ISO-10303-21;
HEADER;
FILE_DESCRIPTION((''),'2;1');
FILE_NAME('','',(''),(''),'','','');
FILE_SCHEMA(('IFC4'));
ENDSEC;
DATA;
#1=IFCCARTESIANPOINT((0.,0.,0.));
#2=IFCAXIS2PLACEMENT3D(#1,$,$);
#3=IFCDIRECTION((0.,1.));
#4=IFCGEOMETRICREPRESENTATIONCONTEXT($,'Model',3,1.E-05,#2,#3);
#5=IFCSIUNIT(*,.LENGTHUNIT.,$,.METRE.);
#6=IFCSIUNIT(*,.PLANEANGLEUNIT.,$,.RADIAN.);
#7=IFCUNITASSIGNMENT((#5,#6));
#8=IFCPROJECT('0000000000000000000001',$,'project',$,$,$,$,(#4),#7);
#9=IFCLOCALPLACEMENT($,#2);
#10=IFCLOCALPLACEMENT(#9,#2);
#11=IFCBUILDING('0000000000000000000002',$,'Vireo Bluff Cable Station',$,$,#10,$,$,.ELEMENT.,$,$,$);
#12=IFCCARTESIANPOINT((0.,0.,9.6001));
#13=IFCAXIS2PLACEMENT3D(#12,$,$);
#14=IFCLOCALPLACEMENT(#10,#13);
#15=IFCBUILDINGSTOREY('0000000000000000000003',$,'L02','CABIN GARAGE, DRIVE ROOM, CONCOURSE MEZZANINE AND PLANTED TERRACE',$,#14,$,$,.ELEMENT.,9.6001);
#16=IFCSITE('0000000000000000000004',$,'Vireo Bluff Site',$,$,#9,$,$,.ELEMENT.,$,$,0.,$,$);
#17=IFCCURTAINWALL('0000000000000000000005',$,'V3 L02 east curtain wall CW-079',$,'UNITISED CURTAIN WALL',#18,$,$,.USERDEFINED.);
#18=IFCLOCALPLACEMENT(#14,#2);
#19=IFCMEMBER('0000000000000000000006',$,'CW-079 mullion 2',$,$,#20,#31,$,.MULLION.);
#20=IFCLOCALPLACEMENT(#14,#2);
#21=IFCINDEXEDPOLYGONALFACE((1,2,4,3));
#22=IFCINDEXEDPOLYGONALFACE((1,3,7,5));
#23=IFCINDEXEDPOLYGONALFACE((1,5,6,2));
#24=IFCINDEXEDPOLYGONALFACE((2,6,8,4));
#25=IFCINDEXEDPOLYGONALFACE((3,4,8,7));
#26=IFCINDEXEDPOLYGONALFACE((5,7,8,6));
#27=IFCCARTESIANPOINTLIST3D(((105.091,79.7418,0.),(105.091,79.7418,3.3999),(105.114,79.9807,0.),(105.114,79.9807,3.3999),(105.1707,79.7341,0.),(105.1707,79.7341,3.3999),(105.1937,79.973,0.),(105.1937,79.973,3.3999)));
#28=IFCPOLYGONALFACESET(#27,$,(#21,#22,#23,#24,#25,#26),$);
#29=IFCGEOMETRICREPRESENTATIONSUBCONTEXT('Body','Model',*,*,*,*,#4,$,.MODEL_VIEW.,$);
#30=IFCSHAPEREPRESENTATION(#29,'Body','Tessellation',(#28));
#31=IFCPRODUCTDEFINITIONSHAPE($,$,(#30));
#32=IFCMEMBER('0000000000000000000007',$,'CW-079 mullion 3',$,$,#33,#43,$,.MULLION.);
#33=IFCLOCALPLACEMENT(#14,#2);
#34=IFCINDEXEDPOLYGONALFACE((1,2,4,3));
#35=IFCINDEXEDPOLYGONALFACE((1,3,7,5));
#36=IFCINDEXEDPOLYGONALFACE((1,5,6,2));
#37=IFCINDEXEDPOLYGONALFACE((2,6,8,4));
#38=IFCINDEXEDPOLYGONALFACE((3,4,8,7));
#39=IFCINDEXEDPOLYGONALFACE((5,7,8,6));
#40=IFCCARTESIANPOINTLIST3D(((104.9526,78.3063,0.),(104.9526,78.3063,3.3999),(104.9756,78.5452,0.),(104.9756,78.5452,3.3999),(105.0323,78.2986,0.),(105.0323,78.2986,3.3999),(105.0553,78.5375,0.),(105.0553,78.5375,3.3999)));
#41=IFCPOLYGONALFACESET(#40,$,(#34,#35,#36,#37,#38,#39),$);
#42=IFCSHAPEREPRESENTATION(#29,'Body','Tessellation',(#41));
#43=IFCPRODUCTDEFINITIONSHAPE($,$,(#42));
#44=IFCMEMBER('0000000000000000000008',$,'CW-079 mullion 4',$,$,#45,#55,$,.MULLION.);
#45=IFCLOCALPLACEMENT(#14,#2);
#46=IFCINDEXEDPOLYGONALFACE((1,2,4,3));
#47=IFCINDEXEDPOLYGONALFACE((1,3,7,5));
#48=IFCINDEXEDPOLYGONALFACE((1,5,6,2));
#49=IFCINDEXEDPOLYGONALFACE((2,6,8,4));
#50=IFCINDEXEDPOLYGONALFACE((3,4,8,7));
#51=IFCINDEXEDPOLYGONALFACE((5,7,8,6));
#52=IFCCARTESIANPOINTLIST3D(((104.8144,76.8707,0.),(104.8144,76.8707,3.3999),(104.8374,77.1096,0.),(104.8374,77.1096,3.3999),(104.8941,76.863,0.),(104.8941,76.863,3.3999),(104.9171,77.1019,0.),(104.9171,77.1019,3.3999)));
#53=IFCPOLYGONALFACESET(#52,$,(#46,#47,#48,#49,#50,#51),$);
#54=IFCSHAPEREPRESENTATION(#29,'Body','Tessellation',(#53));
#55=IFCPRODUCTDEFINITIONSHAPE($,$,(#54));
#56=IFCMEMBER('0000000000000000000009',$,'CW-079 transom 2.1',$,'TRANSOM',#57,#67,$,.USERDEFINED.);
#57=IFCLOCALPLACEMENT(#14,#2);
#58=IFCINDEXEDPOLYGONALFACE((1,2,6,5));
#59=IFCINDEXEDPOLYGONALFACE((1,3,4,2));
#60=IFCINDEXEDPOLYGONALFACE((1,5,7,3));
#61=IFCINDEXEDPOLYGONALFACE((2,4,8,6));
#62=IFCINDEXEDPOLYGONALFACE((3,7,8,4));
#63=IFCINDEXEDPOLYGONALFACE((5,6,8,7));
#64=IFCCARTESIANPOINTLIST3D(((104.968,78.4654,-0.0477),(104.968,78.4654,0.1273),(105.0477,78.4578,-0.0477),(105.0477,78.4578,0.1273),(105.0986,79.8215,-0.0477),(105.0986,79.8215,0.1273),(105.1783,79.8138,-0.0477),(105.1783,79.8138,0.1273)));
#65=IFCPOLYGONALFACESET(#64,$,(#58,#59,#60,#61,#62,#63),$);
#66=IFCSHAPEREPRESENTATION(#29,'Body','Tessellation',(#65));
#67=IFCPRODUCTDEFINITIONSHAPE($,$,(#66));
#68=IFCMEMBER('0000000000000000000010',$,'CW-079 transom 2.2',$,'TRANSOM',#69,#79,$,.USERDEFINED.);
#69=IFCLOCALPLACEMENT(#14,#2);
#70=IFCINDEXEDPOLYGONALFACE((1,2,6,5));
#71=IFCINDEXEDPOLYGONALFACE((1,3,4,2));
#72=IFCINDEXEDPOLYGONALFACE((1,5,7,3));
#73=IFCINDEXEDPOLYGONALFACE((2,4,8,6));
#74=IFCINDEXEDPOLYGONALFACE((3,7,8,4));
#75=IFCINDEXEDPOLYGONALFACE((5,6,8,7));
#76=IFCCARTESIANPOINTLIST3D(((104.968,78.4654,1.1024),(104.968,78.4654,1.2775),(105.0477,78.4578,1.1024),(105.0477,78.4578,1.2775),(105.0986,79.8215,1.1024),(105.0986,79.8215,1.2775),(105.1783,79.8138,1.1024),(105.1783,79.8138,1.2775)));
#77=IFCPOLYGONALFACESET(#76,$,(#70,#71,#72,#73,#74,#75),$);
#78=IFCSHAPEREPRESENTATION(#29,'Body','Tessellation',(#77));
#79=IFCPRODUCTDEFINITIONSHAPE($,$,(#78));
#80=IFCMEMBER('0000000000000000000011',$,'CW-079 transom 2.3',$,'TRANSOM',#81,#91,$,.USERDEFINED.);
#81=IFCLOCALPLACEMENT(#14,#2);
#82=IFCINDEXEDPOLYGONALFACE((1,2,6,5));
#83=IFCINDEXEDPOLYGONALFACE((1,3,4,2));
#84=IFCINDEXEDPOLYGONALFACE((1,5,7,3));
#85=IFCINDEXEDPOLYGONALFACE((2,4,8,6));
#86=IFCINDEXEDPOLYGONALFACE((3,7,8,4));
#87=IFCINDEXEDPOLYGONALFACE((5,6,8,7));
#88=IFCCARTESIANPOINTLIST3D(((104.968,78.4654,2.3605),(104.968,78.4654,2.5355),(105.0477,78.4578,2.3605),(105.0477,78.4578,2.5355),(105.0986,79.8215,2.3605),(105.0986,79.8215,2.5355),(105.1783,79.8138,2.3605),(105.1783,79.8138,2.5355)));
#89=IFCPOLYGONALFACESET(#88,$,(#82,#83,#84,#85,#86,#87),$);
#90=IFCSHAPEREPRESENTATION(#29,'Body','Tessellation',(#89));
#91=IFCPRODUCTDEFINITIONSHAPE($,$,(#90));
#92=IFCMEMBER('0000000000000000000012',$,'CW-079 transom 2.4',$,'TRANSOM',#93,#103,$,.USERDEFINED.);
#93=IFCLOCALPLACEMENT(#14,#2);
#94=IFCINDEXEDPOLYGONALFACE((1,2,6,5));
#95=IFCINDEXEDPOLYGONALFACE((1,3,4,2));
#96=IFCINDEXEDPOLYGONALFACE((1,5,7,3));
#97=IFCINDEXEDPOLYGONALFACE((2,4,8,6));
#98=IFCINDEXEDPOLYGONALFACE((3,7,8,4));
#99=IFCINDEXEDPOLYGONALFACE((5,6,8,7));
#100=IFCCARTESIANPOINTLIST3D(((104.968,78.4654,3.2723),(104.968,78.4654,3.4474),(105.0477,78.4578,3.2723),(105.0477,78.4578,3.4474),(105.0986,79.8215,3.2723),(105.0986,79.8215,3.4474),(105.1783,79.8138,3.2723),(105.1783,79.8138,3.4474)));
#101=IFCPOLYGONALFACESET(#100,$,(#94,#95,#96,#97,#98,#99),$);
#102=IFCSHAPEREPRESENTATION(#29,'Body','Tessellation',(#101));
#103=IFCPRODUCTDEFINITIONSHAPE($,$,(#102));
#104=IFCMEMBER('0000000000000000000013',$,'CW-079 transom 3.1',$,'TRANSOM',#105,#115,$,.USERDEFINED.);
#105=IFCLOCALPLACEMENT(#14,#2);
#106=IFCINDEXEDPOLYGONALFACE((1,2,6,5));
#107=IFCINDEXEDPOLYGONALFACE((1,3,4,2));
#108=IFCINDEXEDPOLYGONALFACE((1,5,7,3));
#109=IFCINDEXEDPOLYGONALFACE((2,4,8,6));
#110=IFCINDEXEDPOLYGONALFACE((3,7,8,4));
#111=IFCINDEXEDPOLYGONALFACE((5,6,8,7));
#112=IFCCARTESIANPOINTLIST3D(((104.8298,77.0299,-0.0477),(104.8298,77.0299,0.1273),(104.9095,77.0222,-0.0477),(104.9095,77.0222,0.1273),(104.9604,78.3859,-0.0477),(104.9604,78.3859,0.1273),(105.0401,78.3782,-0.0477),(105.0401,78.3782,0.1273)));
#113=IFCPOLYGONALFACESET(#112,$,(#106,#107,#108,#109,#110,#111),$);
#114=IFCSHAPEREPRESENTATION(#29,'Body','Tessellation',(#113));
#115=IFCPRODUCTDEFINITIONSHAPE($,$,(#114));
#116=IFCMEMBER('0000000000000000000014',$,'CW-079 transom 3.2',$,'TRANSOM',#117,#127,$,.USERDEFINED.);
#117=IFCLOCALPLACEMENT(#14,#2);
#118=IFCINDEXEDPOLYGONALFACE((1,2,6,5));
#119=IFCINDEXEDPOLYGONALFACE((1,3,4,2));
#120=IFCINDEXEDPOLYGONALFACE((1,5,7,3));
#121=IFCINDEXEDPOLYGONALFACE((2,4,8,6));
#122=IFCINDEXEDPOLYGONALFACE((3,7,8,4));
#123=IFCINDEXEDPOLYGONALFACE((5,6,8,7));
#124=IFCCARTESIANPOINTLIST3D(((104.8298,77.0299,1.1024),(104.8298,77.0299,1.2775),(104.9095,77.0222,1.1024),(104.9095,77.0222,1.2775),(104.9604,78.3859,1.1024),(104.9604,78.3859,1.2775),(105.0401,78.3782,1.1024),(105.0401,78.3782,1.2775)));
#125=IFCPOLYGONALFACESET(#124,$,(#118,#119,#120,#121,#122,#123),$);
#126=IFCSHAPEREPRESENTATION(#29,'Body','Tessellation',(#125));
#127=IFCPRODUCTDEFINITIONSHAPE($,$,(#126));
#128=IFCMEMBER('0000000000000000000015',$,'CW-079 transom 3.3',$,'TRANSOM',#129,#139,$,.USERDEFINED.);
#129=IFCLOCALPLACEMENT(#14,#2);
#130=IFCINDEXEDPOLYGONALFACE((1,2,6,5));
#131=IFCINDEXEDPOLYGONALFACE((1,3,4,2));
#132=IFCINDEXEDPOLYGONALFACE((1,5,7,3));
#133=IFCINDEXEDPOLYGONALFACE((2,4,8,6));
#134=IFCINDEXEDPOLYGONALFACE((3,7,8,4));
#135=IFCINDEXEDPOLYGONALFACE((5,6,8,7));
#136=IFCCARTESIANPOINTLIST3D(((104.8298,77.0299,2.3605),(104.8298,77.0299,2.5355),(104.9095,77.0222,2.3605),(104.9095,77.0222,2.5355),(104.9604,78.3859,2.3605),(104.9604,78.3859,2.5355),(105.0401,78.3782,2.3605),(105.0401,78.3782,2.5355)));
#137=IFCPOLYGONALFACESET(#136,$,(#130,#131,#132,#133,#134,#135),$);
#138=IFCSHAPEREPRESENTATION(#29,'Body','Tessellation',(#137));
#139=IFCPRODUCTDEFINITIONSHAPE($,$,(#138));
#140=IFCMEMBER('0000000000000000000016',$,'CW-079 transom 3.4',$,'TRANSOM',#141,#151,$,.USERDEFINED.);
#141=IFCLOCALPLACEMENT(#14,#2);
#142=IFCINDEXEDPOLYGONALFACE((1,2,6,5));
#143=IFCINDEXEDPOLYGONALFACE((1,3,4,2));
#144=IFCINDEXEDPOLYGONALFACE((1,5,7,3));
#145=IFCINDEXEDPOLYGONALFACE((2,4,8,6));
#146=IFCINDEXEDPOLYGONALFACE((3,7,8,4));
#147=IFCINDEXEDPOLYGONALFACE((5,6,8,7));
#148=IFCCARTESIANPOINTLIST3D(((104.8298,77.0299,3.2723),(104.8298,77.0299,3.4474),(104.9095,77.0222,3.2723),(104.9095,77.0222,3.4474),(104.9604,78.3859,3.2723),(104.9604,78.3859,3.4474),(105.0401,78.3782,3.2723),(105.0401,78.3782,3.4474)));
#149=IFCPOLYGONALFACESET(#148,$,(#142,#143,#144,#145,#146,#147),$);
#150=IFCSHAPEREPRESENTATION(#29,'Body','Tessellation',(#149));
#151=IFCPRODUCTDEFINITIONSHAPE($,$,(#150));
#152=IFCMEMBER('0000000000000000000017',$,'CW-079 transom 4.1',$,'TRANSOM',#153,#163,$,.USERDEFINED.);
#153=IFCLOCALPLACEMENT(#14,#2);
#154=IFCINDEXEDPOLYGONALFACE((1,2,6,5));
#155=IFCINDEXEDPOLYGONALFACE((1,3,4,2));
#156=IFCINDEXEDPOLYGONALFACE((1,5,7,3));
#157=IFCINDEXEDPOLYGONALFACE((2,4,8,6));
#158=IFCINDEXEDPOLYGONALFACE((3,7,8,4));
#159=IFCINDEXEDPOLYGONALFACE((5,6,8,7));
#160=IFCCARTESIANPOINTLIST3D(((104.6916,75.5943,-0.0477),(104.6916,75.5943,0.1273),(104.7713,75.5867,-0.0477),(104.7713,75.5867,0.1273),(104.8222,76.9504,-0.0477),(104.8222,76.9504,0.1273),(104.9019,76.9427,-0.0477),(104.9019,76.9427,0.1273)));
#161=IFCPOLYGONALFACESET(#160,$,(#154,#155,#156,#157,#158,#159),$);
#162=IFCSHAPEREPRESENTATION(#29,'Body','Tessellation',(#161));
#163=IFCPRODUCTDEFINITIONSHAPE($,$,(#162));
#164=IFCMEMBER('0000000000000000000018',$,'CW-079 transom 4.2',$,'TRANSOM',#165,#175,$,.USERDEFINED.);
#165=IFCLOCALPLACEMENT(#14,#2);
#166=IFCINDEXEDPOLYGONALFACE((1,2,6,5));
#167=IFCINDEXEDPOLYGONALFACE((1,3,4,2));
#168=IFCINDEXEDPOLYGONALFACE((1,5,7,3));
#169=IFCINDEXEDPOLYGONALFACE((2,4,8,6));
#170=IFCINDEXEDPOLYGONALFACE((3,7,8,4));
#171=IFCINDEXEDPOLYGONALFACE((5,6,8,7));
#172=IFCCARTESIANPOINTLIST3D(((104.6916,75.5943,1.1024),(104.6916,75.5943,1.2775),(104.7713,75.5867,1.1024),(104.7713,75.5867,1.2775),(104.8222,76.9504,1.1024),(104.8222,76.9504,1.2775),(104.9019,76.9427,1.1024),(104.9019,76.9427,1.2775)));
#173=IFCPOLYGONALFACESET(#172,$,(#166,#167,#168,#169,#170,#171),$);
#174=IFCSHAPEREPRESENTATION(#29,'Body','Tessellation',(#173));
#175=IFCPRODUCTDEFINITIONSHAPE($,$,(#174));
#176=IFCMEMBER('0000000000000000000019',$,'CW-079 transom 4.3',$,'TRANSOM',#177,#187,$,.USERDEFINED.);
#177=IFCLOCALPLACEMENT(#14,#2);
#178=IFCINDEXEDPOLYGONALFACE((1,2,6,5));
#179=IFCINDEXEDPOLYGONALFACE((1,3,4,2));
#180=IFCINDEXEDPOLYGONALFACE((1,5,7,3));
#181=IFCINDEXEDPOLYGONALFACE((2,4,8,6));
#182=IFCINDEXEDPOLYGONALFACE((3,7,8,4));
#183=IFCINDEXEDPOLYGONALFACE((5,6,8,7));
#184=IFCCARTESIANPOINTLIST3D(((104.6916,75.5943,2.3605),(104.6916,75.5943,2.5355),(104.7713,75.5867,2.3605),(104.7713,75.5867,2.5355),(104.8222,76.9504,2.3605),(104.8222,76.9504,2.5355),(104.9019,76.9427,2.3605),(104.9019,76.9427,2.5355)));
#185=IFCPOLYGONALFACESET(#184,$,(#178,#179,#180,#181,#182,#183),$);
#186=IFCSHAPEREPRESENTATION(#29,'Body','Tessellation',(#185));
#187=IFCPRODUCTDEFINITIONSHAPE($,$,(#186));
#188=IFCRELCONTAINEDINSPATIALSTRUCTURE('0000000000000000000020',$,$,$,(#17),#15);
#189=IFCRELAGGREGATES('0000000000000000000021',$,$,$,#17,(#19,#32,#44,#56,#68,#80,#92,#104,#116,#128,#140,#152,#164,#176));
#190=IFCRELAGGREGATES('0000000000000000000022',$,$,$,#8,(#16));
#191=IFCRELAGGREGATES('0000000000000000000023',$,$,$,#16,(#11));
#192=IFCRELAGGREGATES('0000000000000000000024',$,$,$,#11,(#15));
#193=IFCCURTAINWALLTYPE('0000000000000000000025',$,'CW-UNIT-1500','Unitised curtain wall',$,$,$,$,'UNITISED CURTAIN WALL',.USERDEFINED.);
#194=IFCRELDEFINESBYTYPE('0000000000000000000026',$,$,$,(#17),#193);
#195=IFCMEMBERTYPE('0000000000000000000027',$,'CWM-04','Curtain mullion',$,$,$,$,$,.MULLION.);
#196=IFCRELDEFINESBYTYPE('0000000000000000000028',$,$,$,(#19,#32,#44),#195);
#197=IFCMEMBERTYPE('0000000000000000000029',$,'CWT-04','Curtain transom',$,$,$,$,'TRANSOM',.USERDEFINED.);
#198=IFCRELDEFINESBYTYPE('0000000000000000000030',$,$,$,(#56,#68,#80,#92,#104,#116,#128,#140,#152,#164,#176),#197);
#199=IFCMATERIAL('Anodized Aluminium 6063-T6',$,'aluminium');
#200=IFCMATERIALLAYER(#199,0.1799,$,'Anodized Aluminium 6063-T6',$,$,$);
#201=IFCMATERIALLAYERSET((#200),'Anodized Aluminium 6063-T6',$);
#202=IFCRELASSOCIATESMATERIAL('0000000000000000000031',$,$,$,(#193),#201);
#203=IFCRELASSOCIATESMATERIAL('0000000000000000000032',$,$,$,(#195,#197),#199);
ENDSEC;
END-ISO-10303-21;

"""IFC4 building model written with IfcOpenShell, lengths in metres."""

from ifc_helpers import new_model, si_unit, direction, frame, origin, origin_2d, place, context, subcontext, project, spatial, rectangle, extrude, material, layer, layer_set, material_profile, profile_set, type_object, element, aggregate, save


model = new_model("IFC4")

# Units and contexts
model_context = context("Model", 3, precision=1e-05, world=origin(), true_north=direction((0.0, 1.0)))
body_context = subcontext(model_context, "Body", "Model", "MODEL_VIEW")
ifc_project = project(units=[si_unit("LENGTHUNIT", "METRE"), si_unit("PLANEANGLEUNIT", "RADIAN")], contexts=[model_context])

# Site, building, storey
site_placement = place(None, origin())
site = spatial("IfcSite", under=ifc_project, at=site_placement, Name="Vireo Bluff Site", CompositionType="ELEMENT", RefElevation=0.0)
building_placement = place(site_placement, origin())
building = spatial("IfcBuilding", under=site, at=building_placement, Name="Vireo Bluff Cable Station", CompositionType="ELEMENT")
storey_placement = place(building_placement, frame((0.0, 0.0, 9.6001)))
storey = spatial("IfcBuildingStorey", under=building, at=storey_placement, Name="L02", Description="CABIN GARAGE, DRIVE ROOM, CONCOURSE MEZZANINE AND PLANTED TERRACE", CompositionType="ELEMENT", Elevation=9.6001)

# Curtain wall, members
ifc_material_1 = material(Name="Anodized Aluminium 6063-T6", Category="aluminium")
ifc_layer_1 = layer(ifc_material_1, 0.1799, Name="Anodized Aluminium 6063-T6")
ifc_layer_set_1 = layer_set([ifc_layer_1], Name="Anodized Aluminium 6063-T6")
curtain_wall_type = type_object("IfcCurtainWallType", Name="CW-UNIT-1500", Description="Unitised curtain wall", ElementType="UNITISED CURTAIN WALL", PredefinedType="USERDEFINED", material=ifc_layer_set_1)
curtain_wall_placement = place(storey_placement, origin())
curtain_wall = element("IfcCurtainWall", 1, at=curtain_wall_placement, inside=storey, type_object=curtain_wall_type, Name="V3 L02 east curtain wall CW-079", ObjectType="UNITISED CURTAIN WALL", PredefinedType="USERDEFINED")
ifc_material_profile_1 = material_profile(ifc_material_1, rectangle(XDim=0.0801, YDim=0.24, at=origin_2d()), Name="ALU-M-80X240")
ifc_profile_set_1 = profile_set([ifc_material_profile_1], Name="Anodized Aluminium 6063-T6")
member_type_1 = type_object("IfcMemberType", Name="CWM-04", Description="Curtain mullion", PredefinedType="MULLION", material=ifc_profile_set_1)
member_1_placement = place(storey_placement, frame((105.1423, 79.8574, 0.0), z_axis=(0.0, 0.0, 1.0), x_axis=(0.995396, -0.095846, 0.0)))
member_1 = element("IfcMember", 2, at=member_1_placement, type_object=member_type_1, Name="CW-079 mullion 2", PredefinedType="MULLION", context=body_context, shape_type="SweptSolid", body=[
    extrude(rectangle(XDim=0.0801, YDim=0.24, at=origin_2d()), origin(), (0.0, 0.0, 1.0), 3.3999),
])
member_2_placement = place(storey_placement, frame((105.0039, 78.4219, 0.0), z_axis=(0.0, 0.0, 1.0), x_axis=(0.995396, -0.095846, 0.0)))
member_2 = element("IfcMember", 3, at=member_2_placement, type_object=member_type_1, Name="CW-079 mullion 3", PredefinedType="MULLION", context=body_context, shape_type="SweptSolid", body=[
    extrude(rectangle(XDim=0.0801, YDim=0.24, at=origin_2d()), origin(), (0.0, 0.0, 1.0), 3.3999),
])
member_3_placement = place(storey_placement, frame((104.8657, 76.9863, 0.0), z_axis=(0.0, 0.0, 1.0), x_axis=(0.995396, -0.095846, 0.0)))
member_3 = element("IfcMember", 4, at=member_3_placement, type_object=member_type_1, Name="CW-079 mullion 4", PredefinedType="MULLION", context=body_context, shape_type="SweptSolid", body=[
    extrude(rectangle(XDim=0.0801, YDim=0.24, at=origin_2d()), origin(), (0.0, 0.0, 1.0), 3.3999),
])
ifc_material_profile_2 = material_profile(ifc_material_1, rectangle(XDim=0.0801, YDim=0.175, at=origin_2d()), Name="ALU-T-80X175")
ifc_profile_set_2 = profile_set([ifc_material_profile_2], Name="Anodized Aluminium 6063-T6")
member_type_2 = type_object("IfcMemberType", Name="CWT-04", Description="Curtain transom", ElementType="TRANSOM", PredefinedType="USERDEFINED", material=ifc_profile_set_2)
member_4_placement = place(storey_placement, frame((105.1384, 79.8176, 0.0398), z_axis=(-0.095883, -0.995393, 0.0), x_axis=(0.995393, -0.095883, 0.0)))
member_4 = element("IfcMember", 5, at=member_4_placement, type_object=member_type_2, Name="CW-079 transom 2.1", ObjectType="TRANSOM", PredefinedType="USERDEFINED", context=body_context, shape_type="SweptSolid", body=[
    extrude(rectangle(XDim=0.0801, YDim=0.175, at=origin_2d()), origin(), (0.0, 0.0, 1.0), 1.3623),
])
member_5_placement = place(storey_placement, frame((105.1384, 79.8176, 1.1899), z_axis=(-0.095883, -0.995393, 0.0), x_axis=(0.995393, -0.095883, 0.0)))
member_5 = element("IfcMember", 6, at=member_5_placement, type_object=member_type_2, Name="CW-079 transom 2.2", ObjectType="TRANSOM", PredefinedType="USERDEFINED", context=body_context, shape_type="SweptSolid", body=[
    extrude(rectangle(XDim=0.0801, YDim=0.175, at=origin_2d()), origin(), (0.0, 0.0, 1.0), 1.3623),
])
member_6_placement = place(storey_placement, frame((105.1384, 79.8176, 2.448), z_axis=(-0.095883, -0.995393, 0.0), x_axis=(0.995393, -0.095883, 0.0)))
member_6 = element("IfcMember", 7, at=member_6_placement, type_object=member_type_2, Name="CW-079 transom 2.3", ObjectType="TRANSOM", PredefinedType="USERDEFINED", context=body_context, shape_type="SweptSolid", body=[
    extrude(rectangle(XDim=0.0801, YDim=0.175, at=origin_2d()), origin(), (0.0, 0.0, 1.0), 1.3623),
])
member_7_placement = place(storey_placement, frame((105.1384, 79.8176, 3.3599), z_axis=(-0.095883, -0.995393, 0.0), x_axis=(0.995393, -0.095883, 0.0)))
member_7 = element("IfcMember", 8, at=member_7_placement, type_object=member_type_2, Name="CW-079 transom 2.4", ObjectType="TRANSOM", PredefinedType="USERDEFINED", context=body_context, shape_type="SweptSolid", body=[
    extrude(rectangle(XDim=0.0801, YDim=0.175, at=origin_2d()), origin(), (0.0, 0.0, 1.0), 1.3623),
])
member_8_placement = place(storey_placement, frame((105.0002, 78.3821, 0.0398), z_axis=(-0.095883, -0.995393, 0.0), x_axis=(0.995393, -0.095883, 0.0)))
member_8 = element("IfcMember", 9, at=member_8_placement, type_object=member_type_2, Name="CW-079 transom 3.1", ObjectType="TRANSOM", PredefinedType="USERDEFINED", context=body_context, shape_type="SweptSolid", body=[
    extrude(rectangle(XDim=0.0801, YDim=0.175, at=origin_2d()), origin(), (0.0, 0.0, 1.0), 1.3623),
])
member_9_placement = place(storey_placement, frame((105.0002, 78.3821, 1.1899), z_axis=(-0.095883, -0.995393, 0.0), x_axis=(0.995393, -0.095883, 0.0)))
member_9 = element("IfcMember", 10, at=member_9_placement, type_object=member_type_2, Name="CW-079 transom 3.2", ObjectType="TRANSOM", PredefinedType="USERDEFINED", context=body_context, shape_type="SweptSolid", body=[
    extrude(rectangle(XDim=0.0801, YDim=0.175, at=origin_2d()), origin(), (0.0, 0.0, 1.0), 1.3623),
])
member_10_placement = place(storey_placement, frame((105.0002, 78.3821, 2.448), z_axis=(-0.095883, -0.995393, 0.0), x_axis=(0.995393, -0.095883, 0.0)))
member_10 = element("IfcMember", 11, at=member_10_placement, type_object=member_type_2, Name="CW-079 transom 3.3", ObjectType="TRANSOM", PredefinedType="USERDEFINED", context=body_context, shape_type="SweptSolid", body=[
    extrude(rectangle(XDim=0.0801, YDim=0.175, at=origin_2d()), origin(), (0.0, 0.0, 1.0), 1.3623),
])
member_11_placement = place(storey_placement, frame((105.0002, 78.3821, 3.3599), z_axis=(-0.095883, -0.995393, 0.0), x_axis=(0.995393, -0.095883, 0.0)))
member_11 = element("IfcMember", 12, at=member_11_placement, type_object=member_type_2, Name="CW-079 transom 3.4", ObjectType="TRANSOM", PredefinedType="USERDEFINED", context=body_context, shape_type="SweptSolid", body=[
    extrude(rectangle(XDim=0.0801, YDim=0.175, at=origin_2d()), origin(), (0.0, 0.0, 1.0), 1.3623),
])
member_12_placement = place(storey_placement, frame((104.8621, 76.9465, 0.0398), z_axis=(-0.095883, -0.995393, 0.0), x_axis=(0.995393, -0.095883, 0.0)))
member_12 = element("IfcMember", 13, at=member_12_placement, type_object=member_type_2, Name="CW-079 transom 4.1", ObjectType="TRANSOM", PredefinedType="USERDEFINED", context=body_context, shape_type="SweptSolid", body=[
    extrude(rectangle(XDim=0.0801, YDim=0.175, at=origin_2d()), origin(), (0.0, 0.0, 1.0), 1.3623),
])
member_13_placement = place(storey_placement, frame((104.8621, 76.9465, 1.1899), z_axis=(-0.095883, -0.995393, 0.0), x_axis=(0.995393, -0.095883, 0.0)))
member_13 = element("IfcMember", 14, at=member_13_placement, type_object=member_type_2, Name="CW-079 transom 4.2", ObjectType="TRANSOM", PredefinedType="USERDEFINED", context=body_context, shape_type="SweptSolid", body=[
    extrude(rectangle(XDim=0.0801, YDim=0.175, at=origin_2d()), origin(), (0.0, 0.0, 1.0), 1.3623),
])
member_14_placement = place(storey_placement, frame((104.8621, 76.9465, 2.448), z_axis=(-0.095883, -0.995393, 0.0), x_axis=(0.995393, -0.095883, 0.0)))
member_14 = element("IfcMember", 15, at=member_14_placement, type_object=member_type_2, Name="CW-079 transom 4.3", ObjectType="TRANSOM", PredefinedType="USERDEFINED", context=body_context, shape_type="SweptSolid", body=[
    extrude(rectangle(XDim=0.0801, YDim=0.175, at=origin_2d()), origin(), (0.0, 0.0, 1.0), 1.3623),
])
aggregate(curtain_wall, [member_1, member_2, member_3, member_4, member_5, member_6, member_7, member_8, member_9, member_10, member_11, member_12, member_13, member_14])

save(model, "model.ifc")
